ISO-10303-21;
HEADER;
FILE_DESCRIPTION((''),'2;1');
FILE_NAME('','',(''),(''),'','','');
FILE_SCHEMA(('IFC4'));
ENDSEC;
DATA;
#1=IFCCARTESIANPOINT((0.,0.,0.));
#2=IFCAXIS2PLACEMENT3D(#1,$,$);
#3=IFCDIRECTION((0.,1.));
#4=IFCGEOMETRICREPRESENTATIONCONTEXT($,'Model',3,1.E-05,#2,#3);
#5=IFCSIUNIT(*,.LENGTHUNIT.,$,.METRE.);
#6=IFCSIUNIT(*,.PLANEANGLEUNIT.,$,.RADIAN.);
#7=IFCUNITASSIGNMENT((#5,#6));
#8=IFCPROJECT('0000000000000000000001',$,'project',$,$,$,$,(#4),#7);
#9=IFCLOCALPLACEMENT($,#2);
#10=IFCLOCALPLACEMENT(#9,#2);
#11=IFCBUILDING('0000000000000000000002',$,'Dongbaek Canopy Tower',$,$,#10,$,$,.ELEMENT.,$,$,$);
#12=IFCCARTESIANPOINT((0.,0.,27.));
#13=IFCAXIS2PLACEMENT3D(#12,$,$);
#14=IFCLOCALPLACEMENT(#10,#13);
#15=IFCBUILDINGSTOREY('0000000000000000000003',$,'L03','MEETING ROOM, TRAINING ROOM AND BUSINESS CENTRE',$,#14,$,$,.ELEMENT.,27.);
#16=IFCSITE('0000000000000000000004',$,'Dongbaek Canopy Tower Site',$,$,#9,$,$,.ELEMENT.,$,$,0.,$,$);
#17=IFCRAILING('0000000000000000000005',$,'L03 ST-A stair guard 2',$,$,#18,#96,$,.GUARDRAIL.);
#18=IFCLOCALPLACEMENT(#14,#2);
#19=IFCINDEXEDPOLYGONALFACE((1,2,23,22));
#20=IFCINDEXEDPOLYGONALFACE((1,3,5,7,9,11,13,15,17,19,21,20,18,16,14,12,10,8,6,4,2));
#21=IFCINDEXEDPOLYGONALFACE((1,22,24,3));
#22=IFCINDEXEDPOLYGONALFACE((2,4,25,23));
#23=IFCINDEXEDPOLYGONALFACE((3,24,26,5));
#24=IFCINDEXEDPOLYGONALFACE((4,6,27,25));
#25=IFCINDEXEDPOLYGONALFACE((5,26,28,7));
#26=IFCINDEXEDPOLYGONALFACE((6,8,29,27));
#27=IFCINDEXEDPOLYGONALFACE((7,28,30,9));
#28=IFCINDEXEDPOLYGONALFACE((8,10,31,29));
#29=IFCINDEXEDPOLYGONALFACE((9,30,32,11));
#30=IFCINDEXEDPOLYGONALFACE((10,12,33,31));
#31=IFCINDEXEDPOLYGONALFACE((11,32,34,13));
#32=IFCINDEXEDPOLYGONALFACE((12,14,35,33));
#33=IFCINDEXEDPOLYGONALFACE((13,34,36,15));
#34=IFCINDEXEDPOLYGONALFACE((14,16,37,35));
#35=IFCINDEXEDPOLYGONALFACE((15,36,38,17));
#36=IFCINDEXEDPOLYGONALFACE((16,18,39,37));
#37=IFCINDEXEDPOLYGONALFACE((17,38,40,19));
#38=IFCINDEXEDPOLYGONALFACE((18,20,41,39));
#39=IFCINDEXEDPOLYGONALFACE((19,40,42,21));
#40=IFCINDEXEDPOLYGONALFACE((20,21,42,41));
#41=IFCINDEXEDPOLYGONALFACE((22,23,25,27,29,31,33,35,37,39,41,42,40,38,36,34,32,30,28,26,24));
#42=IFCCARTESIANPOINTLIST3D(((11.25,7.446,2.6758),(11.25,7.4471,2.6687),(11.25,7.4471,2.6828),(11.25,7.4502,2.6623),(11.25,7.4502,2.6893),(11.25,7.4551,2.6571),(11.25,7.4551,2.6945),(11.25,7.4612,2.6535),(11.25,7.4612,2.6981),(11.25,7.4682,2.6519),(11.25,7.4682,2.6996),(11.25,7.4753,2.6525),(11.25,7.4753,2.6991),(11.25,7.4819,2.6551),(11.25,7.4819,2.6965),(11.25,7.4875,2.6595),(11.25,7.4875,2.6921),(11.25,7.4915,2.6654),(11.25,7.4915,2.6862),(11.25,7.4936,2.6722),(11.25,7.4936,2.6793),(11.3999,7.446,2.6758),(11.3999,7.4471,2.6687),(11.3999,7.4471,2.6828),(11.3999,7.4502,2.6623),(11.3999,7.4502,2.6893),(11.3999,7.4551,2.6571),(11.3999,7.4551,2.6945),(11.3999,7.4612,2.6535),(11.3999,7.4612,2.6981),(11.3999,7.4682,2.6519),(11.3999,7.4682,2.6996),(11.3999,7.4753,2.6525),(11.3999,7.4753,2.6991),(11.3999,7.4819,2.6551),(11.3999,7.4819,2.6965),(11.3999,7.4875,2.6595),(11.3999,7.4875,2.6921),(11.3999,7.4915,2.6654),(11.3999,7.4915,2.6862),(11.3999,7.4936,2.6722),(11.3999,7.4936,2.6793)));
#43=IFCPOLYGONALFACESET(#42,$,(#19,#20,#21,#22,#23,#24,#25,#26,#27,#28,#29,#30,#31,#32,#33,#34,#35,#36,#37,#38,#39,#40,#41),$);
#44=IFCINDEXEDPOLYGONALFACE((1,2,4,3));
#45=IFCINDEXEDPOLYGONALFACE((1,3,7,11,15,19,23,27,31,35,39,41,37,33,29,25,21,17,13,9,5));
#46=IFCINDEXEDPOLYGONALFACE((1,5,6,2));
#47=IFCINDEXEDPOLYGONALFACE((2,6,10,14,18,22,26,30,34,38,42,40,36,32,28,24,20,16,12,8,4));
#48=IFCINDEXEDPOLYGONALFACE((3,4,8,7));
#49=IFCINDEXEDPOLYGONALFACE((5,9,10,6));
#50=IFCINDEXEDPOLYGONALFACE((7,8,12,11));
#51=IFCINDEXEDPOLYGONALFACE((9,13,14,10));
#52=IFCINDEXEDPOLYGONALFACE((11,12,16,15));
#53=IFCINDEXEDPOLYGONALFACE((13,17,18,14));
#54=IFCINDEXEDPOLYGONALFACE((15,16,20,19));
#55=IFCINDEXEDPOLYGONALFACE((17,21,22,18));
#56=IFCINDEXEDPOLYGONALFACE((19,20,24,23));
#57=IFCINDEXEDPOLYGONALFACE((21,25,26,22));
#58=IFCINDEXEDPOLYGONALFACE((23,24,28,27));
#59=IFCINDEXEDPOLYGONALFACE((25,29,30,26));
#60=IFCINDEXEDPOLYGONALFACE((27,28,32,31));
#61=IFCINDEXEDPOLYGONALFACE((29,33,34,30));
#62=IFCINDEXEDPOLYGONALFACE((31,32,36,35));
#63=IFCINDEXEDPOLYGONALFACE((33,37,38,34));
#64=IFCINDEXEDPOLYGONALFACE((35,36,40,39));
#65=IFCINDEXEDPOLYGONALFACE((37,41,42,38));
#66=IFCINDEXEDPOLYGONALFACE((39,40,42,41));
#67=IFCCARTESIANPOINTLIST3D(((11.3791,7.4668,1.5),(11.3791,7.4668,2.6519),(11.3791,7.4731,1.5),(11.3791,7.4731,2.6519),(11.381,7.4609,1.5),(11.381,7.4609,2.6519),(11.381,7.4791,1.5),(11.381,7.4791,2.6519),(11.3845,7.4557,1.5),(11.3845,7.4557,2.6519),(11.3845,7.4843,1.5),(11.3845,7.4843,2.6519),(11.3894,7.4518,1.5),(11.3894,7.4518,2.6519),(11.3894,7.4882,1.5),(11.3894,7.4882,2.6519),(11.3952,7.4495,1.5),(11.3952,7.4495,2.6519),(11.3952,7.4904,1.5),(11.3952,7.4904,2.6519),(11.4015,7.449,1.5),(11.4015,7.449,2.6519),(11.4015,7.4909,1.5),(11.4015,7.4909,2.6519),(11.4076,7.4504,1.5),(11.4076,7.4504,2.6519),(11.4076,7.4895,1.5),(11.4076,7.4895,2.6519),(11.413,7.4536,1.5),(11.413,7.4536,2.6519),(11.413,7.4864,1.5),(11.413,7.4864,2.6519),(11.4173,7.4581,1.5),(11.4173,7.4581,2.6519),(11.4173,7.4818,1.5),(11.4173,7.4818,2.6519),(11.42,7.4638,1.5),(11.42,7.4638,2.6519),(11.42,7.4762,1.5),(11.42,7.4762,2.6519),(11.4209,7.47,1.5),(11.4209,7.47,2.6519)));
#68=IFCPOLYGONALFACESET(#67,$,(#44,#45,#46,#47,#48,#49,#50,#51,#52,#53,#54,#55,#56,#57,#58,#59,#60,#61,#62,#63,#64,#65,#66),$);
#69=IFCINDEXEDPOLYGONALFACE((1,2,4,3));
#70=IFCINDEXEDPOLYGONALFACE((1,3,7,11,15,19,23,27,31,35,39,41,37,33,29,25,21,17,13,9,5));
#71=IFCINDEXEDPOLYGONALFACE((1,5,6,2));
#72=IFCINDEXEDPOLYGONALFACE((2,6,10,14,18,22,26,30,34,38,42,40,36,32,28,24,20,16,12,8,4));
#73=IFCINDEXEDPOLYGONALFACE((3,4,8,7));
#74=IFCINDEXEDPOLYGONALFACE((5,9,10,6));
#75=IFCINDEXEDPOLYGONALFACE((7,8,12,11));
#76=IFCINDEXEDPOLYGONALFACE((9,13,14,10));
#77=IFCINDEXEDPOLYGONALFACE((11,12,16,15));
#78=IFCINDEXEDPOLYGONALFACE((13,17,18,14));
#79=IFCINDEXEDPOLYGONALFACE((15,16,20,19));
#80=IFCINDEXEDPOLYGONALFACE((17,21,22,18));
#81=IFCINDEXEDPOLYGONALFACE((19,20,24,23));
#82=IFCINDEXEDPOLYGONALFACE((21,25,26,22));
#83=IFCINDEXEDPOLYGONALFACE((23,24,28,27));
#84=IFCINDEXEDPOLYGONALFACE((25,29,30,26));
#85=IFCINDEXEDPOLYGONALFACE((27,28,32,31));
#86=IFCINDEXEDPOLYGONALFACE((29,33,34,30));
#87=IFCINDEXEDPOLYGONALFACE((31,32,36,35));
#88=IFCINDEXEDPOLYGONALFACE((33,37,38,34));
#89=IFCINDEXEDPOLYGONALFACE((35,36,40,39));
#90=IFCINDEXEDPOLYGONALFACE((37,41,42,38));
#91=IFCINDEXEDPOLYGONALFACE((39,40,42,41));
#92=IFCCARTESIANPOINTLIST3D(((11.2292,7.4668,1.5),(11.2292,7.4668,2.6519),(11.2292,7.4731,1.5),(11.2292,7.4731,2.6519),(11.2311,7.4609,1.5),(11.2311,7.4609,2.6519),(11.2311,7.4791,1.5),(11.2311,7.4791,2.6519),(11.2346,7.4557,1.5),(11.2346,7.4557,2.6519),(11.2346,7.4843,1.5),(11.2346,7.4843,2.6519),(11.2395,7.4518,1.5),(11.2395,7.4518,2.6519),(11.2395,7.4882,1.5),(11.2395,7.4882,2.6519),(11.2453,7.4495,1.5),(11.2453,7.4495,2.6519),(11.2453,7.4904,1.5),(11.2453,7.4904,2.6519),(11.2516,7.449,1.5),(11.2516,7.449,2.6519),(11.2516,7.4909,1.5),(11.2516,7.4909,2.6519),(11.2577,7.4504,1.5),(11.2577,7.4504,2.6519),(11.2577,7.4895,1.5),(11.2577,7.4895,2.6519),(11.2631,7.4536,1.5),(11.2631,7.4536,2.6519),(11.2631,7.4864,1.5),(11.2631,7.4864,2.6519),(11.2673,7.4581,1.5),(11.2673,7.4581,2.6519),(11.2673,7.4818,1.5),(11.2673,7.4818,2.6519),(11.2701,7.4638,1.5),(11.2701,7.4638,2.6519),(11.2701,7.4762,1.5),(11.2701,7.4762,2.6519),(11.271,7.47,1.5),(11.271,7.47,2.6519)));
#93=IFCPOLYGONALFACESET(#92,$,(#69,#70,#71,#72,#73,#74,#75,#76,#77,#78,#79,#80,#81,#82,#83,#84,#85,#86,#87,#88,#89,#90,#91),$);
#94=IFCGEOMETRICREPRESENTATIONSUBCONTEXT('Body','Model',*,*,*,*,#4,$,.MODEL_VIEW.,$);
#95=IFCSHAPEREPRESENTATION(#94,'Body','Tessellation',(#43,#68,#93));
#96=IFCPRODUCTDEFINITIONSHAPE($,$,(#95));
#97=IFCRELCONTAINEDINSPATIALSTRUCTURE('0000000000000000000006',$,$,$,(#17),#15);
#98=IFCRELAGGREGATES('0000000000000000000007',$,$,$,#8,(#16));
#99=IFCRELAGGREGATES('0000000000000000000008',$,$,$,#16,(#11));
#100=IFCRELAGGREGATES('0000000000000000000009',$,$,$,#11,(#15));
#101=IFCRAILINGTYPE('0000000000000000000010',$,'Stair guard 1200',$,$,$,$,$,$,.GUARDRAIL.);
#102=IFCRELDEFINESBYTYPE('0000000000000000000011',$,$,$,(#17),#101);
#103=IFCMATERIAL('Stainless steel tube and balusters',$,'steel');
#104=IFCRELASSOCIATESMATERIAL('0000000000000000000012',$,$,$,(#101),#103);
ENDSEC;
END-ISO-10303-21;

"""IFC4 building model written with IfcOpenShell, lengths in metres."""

from ifc_helpers import new_model, si_unit, direction, frame, origin, origin_2d, place, context, subcontext, project, spatial, circle, extrude, material, type_object, element, save


model = new_model("IFC4")

# Units and contexts
model_context = context("Model", 3, precision=1e-05, world=origin(), true_north=direction((0.0, 1.0)))
body_context = subcontext(model_context, "Body", "Model", "MODEL_VIEW")
ifc_project = project(units=[si_unit("LENGTHUNIT", "METRE"), si_unit("PLANEANGLEUNIT", "RADIAN")], contexts=[model_context])

# Site, building, storey
site_placement = place(None, origin())
site = spatial("IfcSite", under=ifc_project, at=site_placement, Name="Dongbaek Canopy Tower Site", CompositionType="ELEMENT", RefElevation=0.0)
building_placement = place(site_placement, origin())
building = spatial("IfcBuilding", under=site, at=building_placement, Name="Dongbaek Canopy Tower", CompositionType="ELEMENT")
storey_placement = place(building_placement, frame((0.0, 0.0, 27.0)))
storey = spatial("IfcBuildingStorey", under=building, at=storey_placement, Name="L03", Description="MEETING ROOM, TRAINING ROOM AND BUSINESS CENTRE", CompositionType="ELEMENT", Elevation=27.0)

# Railing
ifc_material_1 = material(Name="Stainless steel tube and balusters", Category="steel")
railing_type_1 = type_object("IfcRailingType", Name="Stair guard 1200", PredefinedType="GUARDRAIL", material=ifc_material_1)
railing_1_placement = place(storey_placement, frame((11.3999, 7.47, 1.5)))
element("IfcRailing", 1, at=railing_1_placement, inside=storey, type_object=railing_type_1, Name="L03 ST-A stair guard 2", PredefinedType="GUARDRAIL", context=body_context, shape_type="SweptSolid", body=[
    extrude(circle(Radius=0.0239, at=origin_2d()), frame((0.0, 0.0, 1.1758), z_axis=(-1.0, 0.0, 0.0), x_axis=(0.0, -1.0, 0.0)), (0.0, 0.0, 1.0), 0.1499),
    extrude(circle(Radius=0.021, at=origin_2d()), origin(), (0.0, 0.0, 1.0), 1.1519),
    extrude(circle(Radius=0.021, at=origin_2d()), frame((-0.1499, 0.0, 0.0)), (0.0, 0.0, 1.0), 1.1519),
])

save(model, "model.ifc")
